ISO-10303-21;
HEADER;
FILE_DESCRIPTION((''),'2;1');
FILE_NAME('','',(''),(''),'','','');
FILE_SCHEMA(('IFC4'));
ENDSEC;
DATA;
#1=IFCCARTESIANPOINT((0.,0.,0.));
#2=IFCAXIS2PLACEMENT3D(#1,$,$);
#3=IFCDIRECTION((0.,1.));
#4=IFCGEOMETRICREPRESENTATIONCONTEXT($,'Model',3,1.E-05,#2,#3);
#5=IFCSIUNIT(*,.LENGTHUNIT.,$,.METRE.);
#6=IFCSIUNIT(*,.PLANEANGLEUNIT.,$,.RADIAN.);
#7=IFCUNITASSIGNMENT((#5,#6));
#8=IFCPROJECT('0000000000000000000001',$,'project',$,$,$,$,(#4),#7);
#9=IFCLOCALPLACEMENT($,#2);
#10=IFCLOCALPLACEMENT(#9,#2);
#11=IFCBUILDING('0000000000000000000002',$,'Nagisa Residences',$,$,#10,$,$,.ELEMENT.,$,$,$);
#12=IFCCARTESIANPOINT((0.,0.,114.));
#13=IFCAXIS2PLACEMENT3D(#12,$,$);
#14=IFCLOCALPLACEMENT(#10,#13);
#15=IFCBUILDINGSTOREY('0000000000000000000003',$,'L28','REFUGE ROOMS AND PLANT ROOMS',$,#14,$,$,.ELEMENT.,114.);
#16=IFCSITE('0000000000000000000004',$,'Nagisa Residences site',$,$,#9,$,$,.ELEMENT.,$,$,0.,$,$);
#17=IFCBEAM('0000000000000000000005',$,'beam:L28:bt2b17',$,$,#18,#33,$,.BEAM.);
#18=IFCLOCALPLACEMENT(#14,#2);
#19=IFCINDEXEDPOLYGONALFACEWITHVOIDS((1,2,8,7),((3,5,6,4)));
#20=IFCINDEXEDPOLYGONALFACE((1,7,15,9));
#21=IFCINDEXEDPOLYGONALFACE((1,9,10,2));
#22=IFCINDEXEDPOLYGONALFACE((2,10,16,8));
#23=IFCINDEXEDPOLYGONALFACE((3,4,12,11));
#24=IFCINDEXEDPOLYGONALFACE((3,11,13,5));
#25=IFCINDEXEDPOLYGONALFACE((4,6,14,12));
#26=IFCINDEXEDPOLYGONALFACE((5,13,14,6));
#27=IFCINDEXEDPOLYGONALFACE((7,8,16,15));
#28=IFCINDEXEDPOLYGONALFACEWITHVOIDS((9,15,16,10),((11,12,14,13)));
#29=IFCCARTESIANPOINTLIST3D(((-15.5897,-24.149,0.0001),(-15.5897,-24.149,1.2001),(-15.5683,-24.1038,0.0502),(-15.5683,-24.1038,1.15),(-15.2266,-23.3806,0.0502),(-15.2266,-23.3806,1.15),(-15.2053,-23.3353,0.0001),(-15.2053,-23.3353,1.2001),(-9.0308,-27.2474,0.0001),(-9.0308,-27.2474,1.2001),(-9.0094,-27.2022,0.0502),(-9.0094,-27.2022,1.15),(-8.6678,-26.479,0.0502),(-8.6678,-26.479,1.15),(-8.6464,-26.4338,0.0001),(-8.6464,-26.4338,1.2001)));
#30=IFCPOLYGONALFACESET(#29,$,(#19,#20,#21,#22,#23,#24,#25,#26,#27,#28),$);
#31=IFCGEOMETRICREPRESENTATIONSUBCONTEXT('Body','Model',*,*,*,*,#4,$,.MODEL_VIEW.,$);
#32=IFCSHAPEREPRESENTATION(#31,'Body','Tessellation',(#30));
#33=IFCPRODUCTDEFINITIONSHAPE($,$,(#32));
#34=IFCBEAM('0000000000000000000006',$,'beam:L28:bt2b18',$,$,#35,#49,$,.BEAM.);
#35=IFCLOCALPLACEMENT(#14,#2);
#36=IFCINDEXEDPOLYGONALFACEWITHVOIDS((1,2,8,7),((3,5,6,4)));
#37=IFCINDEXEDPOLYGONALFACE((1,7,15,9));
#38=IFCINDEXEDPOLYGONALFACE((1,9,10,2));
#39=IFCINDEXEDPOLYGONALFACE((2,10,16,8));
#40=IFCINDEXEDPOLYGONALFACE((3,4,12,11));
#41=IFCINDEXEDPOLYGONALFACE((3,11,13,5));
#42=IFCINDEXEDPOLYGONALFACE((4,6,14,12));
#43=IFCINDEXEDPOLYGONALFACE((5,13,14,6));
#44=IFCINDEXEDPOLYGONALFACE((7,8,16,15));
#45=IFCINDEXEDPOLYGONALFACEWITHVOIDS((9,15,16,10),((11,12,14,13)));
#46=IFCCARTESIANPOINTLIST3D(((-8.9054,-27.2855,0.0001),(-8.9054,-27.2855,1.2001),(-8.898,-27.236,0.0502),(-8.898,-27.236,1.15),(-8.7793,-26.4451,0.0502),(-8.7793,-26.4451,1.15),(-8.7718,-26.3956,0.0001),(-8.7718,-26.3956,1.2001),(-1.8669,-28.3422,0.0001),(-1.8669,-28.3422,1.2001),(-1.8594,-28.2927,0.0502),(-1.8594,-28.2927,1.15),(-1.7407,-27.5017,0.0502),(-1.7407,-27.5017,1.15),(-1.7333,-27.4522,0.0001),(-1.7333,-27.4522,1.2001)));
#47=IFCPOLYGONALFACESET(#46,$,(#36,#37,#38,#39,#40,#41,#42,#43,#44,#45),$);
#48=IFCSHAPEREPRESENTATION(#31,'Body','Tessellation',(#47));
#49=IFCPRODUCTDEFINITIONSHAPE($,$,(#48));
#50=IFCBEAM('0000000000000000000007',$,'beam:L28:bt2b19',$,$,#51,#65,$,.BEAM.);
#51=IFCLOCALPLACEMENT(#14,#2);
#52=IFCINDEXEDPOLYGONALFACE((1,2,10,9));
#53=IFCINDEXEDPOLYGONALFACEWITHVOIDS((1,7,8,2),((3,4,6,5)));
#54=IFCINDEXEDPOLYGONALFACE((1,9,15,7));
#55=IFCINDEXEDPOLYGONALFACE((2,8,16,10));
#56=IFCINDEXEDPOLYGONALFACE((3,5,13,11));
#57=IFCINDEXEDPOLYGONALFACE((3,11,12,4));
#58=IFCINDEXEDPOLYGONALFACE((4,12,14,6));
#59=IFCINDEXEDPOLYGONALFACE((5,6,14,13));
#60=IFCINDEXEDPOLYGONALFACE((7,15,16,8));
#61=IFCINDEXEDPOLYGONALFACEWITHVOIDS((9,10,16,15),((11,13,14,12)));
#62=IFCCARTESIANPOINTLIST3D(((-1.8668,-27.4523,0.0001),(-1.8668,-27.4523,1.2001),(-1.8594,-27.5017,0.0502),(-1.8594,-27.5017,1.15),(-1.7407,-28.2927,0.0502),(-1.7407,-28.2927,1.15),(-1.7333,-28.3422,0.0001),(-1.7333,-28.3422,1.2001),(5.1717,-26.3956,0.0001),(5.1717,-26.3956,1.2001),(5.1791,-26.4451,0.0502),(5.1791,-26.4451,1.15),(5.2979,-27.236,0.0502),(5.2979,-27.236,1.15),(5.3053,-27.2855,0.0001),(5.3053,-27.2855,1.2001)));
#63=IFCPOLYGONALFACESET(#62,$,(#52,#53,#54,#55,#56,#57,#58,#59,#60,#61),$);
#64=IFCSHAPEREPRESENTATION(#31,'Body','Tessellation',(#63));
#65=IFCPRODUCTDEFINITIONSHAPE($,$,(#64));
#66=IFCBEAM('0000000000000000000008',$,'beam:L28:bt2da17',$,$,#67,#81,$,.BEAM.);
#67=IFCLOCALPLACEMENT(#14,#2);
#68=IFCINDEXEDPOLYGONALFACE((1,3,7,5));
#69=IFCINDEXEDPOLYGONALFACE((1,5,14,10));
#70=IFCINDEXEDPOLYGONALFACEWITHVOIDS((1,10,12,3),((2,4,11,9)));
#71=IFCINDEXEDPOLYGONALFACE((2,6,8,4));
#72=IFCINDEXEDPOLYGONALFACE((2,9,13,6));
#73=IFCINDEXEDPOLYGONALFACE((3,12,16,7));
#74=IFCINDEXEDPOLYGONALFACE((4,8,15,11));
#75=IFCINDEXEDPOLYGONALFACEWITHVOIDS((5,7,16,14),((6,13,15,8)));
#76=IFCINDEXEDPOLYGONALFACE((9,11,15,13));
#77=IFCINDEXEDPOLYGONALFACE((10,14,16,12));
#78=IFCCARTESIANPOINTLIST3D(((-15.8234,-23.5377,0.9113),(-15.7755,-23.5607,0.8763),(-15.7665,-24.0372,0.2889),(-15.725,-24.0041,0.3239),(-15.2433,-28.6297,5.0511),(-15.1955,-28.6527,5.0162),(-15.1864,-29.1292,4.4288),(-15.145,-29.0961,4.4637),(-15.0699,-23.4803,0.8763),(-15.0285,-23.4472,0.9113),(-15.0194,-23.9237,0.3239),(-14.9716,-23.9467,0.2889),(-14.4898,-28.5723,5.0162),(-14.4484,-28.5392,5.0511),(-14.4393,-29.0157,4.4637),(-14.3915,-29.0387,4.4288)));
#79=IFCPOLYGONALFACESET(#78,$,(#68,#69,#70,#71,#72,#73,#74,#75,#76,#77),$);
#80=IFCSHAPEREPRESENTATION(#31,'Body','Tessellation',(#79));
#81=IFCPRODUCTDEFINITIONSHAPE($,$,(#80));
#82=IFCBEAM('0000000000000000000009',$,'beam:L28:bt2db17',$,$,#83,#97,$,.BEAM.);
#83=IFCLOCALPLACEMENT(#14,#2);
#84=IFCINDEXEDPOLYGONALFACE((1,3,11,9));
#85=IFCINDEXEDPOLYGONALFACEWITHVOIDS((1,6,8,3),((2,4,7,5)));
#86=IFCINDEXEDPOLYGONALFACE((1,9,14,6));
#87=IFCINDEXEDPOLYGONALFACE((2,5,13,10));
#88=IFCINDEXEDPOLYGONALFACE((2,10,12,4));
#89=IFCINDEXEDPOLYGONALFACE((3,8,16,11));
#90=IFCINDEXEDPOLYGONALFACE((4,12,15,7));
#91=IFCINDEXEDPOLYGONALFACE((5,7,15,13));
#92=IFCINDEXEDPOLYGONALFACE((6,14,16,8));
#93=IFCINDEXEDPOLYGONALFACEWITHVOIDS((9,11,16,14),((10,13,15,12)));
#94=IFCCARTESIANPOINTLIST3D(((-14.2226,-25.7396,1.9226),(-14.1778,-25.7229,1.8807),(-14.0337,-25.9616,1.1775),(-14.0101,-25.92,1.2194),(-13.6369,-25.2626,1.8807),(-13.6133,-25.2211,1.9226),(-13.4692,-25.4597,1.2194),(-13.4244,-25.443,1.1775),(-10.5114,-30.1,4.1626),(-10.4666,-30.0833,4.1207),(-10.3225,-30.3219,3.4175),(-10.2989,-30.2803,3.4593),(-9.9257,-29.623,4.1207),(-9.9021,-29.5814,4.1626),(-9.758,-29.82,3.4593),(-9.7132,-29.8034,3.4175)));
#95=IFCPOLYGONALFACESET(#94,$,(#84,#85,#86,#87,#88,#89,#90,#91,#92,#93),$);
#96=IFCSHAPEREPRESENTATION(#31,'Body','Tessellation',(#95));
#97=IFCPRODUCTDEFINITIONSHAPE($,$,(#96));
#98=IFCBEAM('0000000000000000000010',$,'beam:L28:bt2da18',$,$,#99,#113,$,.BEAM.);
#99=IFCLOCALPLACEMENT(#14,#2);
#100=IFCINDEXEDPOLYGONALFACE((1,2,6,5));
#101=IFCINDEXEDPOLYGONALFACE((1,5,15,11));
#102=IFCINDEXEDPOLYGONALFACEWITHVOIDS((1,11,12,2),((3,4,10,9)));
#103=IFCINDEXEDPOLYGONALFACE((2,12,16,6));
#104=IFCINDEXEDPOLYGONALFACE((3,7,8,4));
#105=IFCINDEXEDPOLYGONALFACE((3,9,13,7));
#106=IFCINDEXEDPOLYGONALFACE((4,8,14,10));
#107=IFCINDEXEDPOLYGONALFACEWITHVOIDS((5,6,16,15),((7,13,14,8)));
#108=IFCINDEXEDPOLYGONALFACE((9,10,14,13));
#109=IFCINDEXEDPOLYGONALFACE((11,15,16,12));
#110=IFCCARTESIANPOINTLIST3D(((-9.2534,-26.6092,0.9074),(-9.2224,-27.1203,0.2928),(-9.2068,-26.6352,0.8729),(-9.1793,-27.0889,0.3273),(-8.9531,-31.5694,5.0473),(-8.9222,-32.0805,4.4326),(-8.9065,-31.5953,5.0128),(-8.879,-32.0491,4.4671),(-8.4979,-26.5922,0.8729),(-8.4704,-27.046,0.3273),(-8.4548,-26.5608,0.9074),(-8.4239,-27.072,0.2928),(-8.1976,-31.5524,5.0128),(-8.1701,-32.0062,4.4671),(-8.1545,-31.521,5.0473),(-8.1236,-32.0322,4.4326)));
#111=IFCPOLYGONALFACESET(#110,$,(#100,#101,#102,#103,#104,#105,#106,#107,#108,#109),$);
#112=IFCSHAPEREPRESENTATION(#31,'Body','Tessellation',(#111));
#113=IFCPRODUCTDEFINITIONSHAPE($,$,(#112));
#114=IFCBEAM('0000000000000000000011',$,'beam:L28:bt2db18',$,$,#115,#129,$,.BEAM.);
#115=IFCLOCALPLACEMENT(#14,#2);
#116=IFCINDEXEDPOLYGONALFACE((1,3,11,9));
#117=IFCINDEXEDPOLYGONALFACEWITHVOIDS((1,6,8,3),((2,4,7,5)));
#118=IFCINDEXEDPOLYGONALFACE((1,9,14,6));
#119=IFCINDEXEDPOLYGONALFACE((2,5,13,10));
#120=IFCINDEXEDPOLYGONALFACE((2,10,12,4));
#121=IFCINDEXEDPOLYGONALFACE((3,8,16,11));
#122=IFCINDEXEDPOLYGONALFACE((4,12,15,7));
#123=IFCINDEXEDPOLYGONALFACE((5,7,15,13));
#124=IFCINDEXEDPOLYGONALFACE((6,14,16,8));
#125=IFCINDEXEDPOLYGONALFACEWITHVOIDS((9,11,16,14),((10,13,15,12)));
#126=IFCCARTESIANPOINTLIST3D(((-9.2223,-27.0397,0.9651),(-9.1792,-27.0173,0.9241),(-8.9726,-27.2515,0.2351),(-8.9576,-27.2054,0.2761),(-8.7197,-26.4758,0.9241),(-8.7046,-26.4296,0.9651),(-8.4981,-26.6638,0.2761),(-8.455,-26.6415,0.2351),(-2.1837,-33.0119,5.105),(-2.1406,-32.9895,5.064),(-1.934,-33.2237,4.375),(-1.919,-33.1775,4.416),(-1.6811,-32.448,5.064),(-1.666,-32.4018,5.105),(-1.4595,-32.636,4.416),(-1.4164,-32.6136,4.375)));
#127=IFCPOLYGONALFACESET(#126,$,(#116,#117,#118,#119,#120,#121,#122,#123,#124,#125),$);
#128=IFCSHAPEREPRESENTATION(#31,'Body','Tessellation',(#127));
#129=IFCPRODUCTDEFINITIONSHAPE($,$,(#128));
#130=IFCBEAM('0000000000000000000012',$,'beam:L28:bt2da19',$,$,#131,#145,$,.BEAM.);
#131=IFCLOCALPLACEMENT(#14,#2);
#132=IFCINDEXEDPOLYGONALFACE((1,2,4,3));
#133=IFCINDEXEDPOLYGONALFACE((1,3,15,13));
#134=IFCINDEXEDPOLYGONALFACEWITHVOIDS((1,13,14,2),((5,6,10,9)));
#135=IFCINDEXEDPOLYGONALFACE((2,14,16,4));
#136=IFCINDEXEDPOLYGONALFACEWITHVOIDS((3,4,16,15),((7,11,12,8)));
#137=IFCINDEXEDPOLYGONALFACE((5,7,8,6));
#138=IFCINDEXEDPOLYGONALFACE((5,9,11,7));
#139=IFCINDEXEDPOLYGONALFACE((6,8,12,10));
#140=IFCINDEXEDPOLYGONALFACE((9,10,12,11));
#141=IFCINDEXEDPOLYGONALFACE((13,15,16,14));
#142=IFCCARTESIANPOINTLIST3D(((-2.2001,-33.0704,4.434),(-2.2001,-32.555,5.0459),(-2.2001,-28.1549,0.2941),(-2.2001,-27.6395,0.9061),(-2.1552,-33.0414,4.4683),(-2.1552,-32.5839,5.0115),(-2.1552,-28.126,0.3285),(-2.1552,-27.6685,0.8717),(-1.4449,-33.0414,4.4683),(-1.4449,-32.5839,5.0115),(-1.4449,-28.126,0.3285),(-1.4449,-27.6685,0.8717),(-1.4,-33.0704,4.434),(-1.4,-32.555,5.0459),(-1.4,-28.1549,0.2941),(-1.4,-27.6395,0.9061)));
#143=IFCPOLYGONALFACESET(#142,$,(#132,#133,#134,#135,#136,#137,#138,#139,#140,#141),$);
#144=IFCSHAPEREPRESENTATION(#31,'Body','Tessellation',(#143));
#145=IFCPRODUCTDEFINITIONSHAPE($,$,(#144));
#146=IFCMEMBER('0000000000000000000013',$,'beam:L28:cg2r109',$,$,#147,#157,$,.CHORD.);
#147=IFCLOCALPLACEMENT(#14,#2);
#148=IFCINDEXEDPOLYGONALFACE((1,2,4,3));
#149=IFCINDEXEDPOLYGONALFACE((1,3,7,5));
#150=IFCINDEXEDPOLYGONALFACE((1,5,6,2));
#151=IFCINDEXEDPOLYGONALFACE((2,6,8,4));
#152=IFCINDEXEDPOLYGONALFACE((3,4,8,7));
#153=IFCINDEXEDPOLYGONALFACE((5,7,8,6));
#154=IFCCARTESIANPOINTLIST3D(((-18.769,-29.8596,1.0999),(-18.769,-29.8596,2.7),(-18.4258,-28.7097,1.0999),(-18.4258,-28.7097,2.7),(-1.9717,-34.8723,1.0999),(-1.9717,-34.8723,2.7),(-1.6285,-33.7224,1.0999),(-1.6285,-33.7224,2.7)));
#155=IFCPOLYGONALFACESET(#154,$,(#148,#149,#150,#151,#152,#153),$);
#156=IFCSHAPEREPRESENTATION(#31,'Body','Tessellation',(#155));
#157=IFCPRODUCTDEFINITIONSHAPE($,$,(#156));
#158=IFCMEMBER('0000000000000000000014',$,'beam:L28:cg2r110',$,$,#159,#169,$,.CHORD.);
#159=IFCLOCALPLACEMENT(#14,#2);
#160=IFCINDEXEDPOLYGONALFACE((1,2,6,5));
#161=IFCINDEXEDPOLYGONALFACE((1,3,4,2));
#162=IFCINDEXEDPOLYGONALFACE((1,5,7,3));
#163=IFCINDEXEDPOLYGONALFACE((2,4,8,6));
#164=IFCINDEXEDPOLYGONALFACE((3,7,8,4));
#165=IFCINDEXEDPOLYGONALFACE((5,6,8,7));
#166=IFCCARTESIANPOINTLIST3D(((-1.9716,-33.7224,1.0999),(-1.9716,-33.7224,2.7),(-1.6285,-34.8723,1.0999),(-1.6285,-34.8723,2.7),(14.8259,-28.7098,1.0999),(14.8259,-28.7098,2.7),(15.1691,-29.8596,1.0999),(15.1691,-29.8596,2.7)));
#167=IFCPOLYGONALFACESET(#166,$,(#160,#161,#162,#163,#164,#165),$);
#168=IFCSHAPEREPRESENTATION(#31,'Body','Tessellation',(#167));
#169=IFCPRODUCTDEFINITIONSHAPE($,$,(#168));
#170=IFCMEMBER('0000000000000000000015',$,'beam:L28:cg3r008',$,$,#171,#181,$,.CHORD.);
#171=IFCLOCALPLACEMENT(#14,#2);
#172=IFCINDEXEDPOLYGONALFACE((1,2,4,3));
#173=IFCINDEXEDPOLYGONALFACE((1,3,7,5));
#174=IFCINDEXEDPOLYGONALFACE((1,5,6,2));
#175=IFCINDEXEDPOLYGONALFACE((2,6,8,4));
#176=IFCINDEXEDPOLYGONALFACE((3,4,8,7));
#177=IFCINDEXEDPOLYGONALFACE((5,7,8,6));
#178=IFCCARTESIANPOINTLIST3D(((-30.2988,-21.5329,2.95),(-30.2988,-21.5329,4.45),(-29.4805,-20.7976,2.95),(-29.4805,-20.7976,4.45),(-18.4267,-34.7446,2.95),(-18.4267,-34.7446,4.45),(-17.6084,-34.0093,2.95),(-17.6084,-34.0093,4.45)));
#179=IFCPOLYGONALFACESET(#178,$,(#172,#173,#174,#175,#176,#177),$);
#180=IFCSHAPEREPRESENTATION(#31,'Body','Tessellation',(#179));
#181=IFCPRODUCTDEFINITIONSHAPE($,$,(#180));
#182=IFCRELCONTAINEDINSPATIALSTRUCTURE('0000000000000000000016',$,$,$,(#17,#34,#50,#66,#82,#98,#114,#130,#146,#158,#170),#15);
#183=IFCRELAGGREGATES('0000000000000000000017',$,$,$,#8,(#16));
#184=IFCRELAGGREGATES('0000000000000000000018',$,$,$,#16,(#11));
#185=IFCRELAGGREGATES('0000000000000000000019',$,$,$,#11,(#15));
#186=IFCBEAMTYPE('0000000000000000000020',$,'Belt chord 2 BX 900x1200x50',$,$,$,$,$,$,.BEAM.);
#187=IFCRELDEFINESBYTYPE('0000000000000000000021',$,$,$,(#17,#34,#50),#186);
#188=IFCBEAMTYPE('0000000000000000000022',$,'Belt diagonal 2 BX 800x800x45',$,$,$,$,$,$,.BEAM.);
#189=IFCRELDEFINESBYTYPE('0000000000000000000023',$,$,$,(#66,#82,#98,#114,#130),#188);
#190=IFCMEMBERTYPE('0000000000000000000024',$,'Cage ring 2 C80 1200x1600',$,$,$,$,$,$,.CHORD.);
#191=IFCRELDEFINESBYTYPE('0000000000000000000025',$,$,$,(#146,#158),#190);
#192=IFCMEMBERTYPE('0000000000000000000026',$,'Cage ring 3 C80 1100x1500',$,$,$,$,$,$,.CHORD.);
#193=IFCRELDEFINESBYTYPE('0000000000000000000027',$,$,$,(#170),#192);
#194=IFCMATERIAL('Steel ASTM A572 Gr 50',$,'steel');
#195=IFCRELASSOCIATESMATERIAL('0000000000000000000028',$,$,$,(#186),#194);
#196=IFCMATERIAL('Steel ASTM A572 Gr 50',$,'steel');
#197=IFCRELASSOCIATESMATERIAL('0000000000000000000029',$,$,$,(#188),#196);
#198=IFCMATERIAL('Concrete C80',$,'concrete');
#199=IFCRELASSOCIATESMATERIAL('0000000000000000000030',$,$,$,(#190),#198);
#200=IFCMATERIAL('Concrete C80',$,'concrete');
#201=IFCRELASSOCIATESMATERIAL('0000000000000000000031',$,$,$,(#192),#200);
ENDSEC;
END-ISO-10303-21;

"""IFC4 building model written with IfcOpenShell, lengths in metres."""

from ifc_helpers import new_model, si_unit, direction, frame, origin, origin_2d, place, context, subcontext, project, spatial, rectangle, hollow_rectangle, extrude, material, material_profile, profile_set, type_object, element, save


model = new_model("IFC4")

# Units and contexts
model_context = context("Model", 3, precision=1e-05, world=origin(), true_north=direction((0.0, 1.0)))
body_context = subcontext(model_context, "Body", "Model", "MODEL_VIEW")
ifc_project = project(units=[si_unit("LENGTHUNIT", "METRE"), si_unit("PLANEANGLEUNIT", "RADIAN")], contexts=[model_context])

# Site, building, storey
site_placement = place(None, origin())
site = spatial("IfcSite", under=ifc_project, at=site_placement, Name="Nagisa Residences site", CompositionType="ELEMENT", RefElevation=0.0)
building_placement = place(site_placement, origin())
building = spatial("IfcBuilding", under=site, at=building_placement, Name="Nagisa Residences", CompositionType="ELEMENT")
storey_placement = place(building_placement, frame((0.0, 0.0, 114.0)))
storey = spatial("IfcBuildingStorey", under=building, at=storey_placement, Name="L28", Description="REFUGE ROOMS AND PLANT ROOMS", CompositionType="ELEMENT", Elevation=114.0)

# Beams
ifc_material_1 = material(Name="Steel ASTM A572 Gr 50", Category="steel")
ifc_material_profile_1 = material_profile(ifc_material_1, hollow_rectangle(XDim=0.8999, YDim=1.2, WallThickness=0.05, at=origin_2d()), Name="BX 900x1200x50")
ifc_profile_set_1 = profile_set([ifc_material_profile_1], Name="Steel ASTM A572 Gr 50")
beam_type_1 = type_object("IfcBeamType", Name="Belt chord 2 BX 900x1200x50", PredefinedType="BEAM", material=ifc_profile_set_1)
beam_1_placement = place(storey_placement, frame((-15.3975, -23.7422, 0.6001), z_axis=(0.904187, -0.427137, 0.0), x_axis=(0.427137, 0.904187, 0.0)))
element("IfcBeam", 1, at=beam_1_placement, inside=storey, type_object=beam_type_1, Name="beam:L28:bt2b17", PredefinedType="BEAM", context=body_context, shape_type="SweptSolid", body=[
    extrude(hollow_rectangle(XDim=0.8999, YDim=1.2, WallThickness=0.05, at=origin_2d()), origin(), (0.0, 0.0, 1.0), 7.2539),
])
for number, where, z_axis, x_axis, name in (
    (2, (-8.8386, -26.8406, 0.6001), (0.988919, -0.148458, 0.0), (0.148458, 0.988919, 0.0), "beam:L28:bt2b18"),
    (3, (-1.8, -27.8972, 0.6001), (0.988919, 0.148458, 0.0), (-0.148458, 0.988919, 0.0), "beam:L28:bt2b19"),
):
    element("IfcBeam", number, at=place(storey_placement, frame(where, z_axis=z_axis, x_axis=x_axis)), inside=storey, type_object=beam_type_1, Name=name, PredefinedType="BEAM", context=body_context, shape_type="SweptSolid", body=[
        extrude(hollow_rectangle(XDim=0.8999, YDim=1.2, WallThickness=0.05, at=origin_2d()), origin(), (0.0, 0.0, 1.0), 7.1174),
    ])
ifc_material_2 = material(Name="Steel ASTM A572 Gr 50", Category="steel")
ifc_material_profile_2 = material_profile(ifc_material_2, hollow_rectangle(XDim=0.8, YDim=0.8, WallThickness=0.0449, at=origin_2d()), Name="BX 800x800x45")
ifc_profile_set_2 = profile_set([ifc_material_profile_2], Name="Steel ASTM A572 Gr 50")
beam_type_2 = type_object("IfcBeamType", Name="Belt diagonal 2 BX 800x800x45", PredefinedType="BEAM", material=ifc_profile_set_2)
beam_2_placement = place(storey_placement, frame((-15.3975, -23.7422, 0.6001), z_axis=(0.088048, -0.772906, 0.628382), x_axis=(0.993574, 0.113187, 0.0)))
element("IfcBeam", 4, at=beam_2_placement, inside=storey, type_object=beam_type_2, Name="beam:L28:bt2da17", PredefinedType="BEAM", context=body_context, shape_type="SweptSolid", body=[
    extrude(hollow_rectangle(XDim=0.8, YDim=0.8, WallThickness=0.0449, at=origin_2d()), origin(), (0.0, 0.0, 1.0), 6.5881),
])
beam_3_placement = place(storey_placement, frame((-13.8235, -25.5913, 1.55), z_axis=(0.603599, -0.709182, 0.36432), x_axis=(0.761518, 0.648143, 0.0)))
element("IfcBeam", 5, at=beam_3_placement, inside=storey, type_object=beam_type_2, Name="beam:L28:bt2db17", PredefinedType="BEAM", context=body_context, shape_type="SweptSolid", body=[
    extrude(hollow_rectangle(XDim=0.8, YDim=0.8, WallThickness=0.0449, at=origin_2d()), origin(), (0.0, 0.0, 1.0), 6.1484),
])
beam_4_placement = place(storey_placement, frame((-8.8386, -26.8406, 0.6001), z_axis=(0.046429, -0.766907, 0.640077), x_axis=(0.998172, 0.06043, 0.0)))
element("IfcBeam", 6, at=beam_4_placement, inside=storey, type_object=beam_type_2, Name="beam:L28:bt2da18", PredefinedType="BEAM", context=body_context, shape_type="SweptSolid", body=[
    extrude(hollow_rectangle(XDim=0.8, YDim=0.8, WallThickness=0.0449, at=origin_2d()), origin(), (0.0, 0.0, 1.0), 6.4678),
])
beam_5_placement = place(storey_placement, frame((-8.8386, -26.8406, 0.6001), z_axis=(0.69574, -0.590329, 0.409215), x_axis=(0.64698, 0.762507, 0.0)))
element("IfcBeam", 7, at=beam_5_placement, inside=storey, type_object=beam_type_2, Name="beam:L28:bt2db18", PredefinedType="BEAM", context=body_context, shape_type="SweptSolid", body=[
    extrude(hollow_rectangle(XDim=0.8, YDim=0.8, WallThickness=0.0449, at=origin_2d()), origin(), (0.0, 0.0, 1.0), 10.1167),
])
beam_6_placement = place(storey_placement, frame((-1.8, -27.8972, 0.6001), z_axis=(0.0, -0.764873, 0.644181), x_axis=(1.0, 0.0, 0.0)))
element("IfcBeam", 8, at=beam_6_placement, inside=storey, type_object=beam_type_2, Name="beam:L28:bt2da19", PredefinedType="BEAM", context=body_context, shape_type="SweptSolid", body=[
    extrude(hollow_rectangle(XDim=0.8, YDim=0.8, WallThickness=0.0449, at=origin_2d()), origin(), (0.0, 0.0, 1.0), 6.4265),
])

# Members
ifc_material_3 = material(Name="Concrete C80", Category="concrete")
ifc_material_profile_3 = material_profile(ifc_material_3, rectangle(XDim=1.2, YDim=1.6001, at=origin_2d()), Name="C80 1200x1600")
ifc_profile_set_3 = profile_set([ifc_material_profile_3], Name="Concrete C80")
member_type_1 = type_object("IfcMemberType", Name="Cage ring 2 C80 1200x1600", PredefinedType="CHORD", material=ifc_profile_set_3)
member_1_placement = place(storey_placement, frame((-18.5974, -29.2847, 1.8999), z_axis=(0.958242, -0.28596, 0.0), x_axis=(0.28596, 0.958242, 0.0)))
element("IfcMember", 9, at=member_1_placement, inside=storey, type_object=member_type_1, Name="beam:L28:cg2r109", PredefinedType="CHORD", context=body_context, shape_type="SweptSolid", body=[
    extrude(rectangle(XDim=1.2, YDim=1.6001, at=origin_2d()), origin(), (0.0, 0.0, 1.0), 17.5293),
])
member_2_placement = place(storey_placement, frame((-1.8, -34.2974, 1.8999), z_axis=(0.958243, 0.285956, 0.0), x_axis=(-0.285956, 0.958243, 0.0)))
element("IfcMember", 10, at=member_2_placement, inside=storey, type_object=member_type_1, Name="beam:L28:cg2r110", PredefinedType="CHORD", context=body_context, shape_type="SweptSolid", body=[
    extrude(rectangle(XDim=1.2, YDim=1.6001, at=origin_2d()), origin(), (0.0, 0.0, 1.0), 17.5295),
])
ifc_material_4 = material(Name="Concrete C80", Category="concrete")
ifc_material_profile_4 = material_profile(ifc_material_4, rectangle(XDim=1.1001, YDim=1.5, at=origin_2d()), Name="C80 1100x1500")
ifc_profile_set_4 = profile_set([ifc_material_profile_4], Name="Concrete C80")
member_type_2 = type_object("IfcMemberType", Name="Cage ring 3 C80 1100x1500", PredefinedType="CHORD", material=ifc_profile_set_4)
member_3_placement = place(storey_placement, frame((-29.8896, -21.1653, 3.7), z_axis=(0.668391, -0.74381, 0.0), x_axis=(0.74381, 0.668391, 0.0)))
element("IfcMember", 11, at=member_3_placement, inside=storey, type_object=member_type_2, Name="beam:L28:cg3r008", PredefinedType="CHORD", context=body_context, shape_type="SweptSolid", body=[
    extrude(rectangle(XDim=1.1001, YDim=1.5, at=origin_2d()), origin(), (0.0, 0.0, 1.0), 17.7622),
])

save(model, "model.ifc")
